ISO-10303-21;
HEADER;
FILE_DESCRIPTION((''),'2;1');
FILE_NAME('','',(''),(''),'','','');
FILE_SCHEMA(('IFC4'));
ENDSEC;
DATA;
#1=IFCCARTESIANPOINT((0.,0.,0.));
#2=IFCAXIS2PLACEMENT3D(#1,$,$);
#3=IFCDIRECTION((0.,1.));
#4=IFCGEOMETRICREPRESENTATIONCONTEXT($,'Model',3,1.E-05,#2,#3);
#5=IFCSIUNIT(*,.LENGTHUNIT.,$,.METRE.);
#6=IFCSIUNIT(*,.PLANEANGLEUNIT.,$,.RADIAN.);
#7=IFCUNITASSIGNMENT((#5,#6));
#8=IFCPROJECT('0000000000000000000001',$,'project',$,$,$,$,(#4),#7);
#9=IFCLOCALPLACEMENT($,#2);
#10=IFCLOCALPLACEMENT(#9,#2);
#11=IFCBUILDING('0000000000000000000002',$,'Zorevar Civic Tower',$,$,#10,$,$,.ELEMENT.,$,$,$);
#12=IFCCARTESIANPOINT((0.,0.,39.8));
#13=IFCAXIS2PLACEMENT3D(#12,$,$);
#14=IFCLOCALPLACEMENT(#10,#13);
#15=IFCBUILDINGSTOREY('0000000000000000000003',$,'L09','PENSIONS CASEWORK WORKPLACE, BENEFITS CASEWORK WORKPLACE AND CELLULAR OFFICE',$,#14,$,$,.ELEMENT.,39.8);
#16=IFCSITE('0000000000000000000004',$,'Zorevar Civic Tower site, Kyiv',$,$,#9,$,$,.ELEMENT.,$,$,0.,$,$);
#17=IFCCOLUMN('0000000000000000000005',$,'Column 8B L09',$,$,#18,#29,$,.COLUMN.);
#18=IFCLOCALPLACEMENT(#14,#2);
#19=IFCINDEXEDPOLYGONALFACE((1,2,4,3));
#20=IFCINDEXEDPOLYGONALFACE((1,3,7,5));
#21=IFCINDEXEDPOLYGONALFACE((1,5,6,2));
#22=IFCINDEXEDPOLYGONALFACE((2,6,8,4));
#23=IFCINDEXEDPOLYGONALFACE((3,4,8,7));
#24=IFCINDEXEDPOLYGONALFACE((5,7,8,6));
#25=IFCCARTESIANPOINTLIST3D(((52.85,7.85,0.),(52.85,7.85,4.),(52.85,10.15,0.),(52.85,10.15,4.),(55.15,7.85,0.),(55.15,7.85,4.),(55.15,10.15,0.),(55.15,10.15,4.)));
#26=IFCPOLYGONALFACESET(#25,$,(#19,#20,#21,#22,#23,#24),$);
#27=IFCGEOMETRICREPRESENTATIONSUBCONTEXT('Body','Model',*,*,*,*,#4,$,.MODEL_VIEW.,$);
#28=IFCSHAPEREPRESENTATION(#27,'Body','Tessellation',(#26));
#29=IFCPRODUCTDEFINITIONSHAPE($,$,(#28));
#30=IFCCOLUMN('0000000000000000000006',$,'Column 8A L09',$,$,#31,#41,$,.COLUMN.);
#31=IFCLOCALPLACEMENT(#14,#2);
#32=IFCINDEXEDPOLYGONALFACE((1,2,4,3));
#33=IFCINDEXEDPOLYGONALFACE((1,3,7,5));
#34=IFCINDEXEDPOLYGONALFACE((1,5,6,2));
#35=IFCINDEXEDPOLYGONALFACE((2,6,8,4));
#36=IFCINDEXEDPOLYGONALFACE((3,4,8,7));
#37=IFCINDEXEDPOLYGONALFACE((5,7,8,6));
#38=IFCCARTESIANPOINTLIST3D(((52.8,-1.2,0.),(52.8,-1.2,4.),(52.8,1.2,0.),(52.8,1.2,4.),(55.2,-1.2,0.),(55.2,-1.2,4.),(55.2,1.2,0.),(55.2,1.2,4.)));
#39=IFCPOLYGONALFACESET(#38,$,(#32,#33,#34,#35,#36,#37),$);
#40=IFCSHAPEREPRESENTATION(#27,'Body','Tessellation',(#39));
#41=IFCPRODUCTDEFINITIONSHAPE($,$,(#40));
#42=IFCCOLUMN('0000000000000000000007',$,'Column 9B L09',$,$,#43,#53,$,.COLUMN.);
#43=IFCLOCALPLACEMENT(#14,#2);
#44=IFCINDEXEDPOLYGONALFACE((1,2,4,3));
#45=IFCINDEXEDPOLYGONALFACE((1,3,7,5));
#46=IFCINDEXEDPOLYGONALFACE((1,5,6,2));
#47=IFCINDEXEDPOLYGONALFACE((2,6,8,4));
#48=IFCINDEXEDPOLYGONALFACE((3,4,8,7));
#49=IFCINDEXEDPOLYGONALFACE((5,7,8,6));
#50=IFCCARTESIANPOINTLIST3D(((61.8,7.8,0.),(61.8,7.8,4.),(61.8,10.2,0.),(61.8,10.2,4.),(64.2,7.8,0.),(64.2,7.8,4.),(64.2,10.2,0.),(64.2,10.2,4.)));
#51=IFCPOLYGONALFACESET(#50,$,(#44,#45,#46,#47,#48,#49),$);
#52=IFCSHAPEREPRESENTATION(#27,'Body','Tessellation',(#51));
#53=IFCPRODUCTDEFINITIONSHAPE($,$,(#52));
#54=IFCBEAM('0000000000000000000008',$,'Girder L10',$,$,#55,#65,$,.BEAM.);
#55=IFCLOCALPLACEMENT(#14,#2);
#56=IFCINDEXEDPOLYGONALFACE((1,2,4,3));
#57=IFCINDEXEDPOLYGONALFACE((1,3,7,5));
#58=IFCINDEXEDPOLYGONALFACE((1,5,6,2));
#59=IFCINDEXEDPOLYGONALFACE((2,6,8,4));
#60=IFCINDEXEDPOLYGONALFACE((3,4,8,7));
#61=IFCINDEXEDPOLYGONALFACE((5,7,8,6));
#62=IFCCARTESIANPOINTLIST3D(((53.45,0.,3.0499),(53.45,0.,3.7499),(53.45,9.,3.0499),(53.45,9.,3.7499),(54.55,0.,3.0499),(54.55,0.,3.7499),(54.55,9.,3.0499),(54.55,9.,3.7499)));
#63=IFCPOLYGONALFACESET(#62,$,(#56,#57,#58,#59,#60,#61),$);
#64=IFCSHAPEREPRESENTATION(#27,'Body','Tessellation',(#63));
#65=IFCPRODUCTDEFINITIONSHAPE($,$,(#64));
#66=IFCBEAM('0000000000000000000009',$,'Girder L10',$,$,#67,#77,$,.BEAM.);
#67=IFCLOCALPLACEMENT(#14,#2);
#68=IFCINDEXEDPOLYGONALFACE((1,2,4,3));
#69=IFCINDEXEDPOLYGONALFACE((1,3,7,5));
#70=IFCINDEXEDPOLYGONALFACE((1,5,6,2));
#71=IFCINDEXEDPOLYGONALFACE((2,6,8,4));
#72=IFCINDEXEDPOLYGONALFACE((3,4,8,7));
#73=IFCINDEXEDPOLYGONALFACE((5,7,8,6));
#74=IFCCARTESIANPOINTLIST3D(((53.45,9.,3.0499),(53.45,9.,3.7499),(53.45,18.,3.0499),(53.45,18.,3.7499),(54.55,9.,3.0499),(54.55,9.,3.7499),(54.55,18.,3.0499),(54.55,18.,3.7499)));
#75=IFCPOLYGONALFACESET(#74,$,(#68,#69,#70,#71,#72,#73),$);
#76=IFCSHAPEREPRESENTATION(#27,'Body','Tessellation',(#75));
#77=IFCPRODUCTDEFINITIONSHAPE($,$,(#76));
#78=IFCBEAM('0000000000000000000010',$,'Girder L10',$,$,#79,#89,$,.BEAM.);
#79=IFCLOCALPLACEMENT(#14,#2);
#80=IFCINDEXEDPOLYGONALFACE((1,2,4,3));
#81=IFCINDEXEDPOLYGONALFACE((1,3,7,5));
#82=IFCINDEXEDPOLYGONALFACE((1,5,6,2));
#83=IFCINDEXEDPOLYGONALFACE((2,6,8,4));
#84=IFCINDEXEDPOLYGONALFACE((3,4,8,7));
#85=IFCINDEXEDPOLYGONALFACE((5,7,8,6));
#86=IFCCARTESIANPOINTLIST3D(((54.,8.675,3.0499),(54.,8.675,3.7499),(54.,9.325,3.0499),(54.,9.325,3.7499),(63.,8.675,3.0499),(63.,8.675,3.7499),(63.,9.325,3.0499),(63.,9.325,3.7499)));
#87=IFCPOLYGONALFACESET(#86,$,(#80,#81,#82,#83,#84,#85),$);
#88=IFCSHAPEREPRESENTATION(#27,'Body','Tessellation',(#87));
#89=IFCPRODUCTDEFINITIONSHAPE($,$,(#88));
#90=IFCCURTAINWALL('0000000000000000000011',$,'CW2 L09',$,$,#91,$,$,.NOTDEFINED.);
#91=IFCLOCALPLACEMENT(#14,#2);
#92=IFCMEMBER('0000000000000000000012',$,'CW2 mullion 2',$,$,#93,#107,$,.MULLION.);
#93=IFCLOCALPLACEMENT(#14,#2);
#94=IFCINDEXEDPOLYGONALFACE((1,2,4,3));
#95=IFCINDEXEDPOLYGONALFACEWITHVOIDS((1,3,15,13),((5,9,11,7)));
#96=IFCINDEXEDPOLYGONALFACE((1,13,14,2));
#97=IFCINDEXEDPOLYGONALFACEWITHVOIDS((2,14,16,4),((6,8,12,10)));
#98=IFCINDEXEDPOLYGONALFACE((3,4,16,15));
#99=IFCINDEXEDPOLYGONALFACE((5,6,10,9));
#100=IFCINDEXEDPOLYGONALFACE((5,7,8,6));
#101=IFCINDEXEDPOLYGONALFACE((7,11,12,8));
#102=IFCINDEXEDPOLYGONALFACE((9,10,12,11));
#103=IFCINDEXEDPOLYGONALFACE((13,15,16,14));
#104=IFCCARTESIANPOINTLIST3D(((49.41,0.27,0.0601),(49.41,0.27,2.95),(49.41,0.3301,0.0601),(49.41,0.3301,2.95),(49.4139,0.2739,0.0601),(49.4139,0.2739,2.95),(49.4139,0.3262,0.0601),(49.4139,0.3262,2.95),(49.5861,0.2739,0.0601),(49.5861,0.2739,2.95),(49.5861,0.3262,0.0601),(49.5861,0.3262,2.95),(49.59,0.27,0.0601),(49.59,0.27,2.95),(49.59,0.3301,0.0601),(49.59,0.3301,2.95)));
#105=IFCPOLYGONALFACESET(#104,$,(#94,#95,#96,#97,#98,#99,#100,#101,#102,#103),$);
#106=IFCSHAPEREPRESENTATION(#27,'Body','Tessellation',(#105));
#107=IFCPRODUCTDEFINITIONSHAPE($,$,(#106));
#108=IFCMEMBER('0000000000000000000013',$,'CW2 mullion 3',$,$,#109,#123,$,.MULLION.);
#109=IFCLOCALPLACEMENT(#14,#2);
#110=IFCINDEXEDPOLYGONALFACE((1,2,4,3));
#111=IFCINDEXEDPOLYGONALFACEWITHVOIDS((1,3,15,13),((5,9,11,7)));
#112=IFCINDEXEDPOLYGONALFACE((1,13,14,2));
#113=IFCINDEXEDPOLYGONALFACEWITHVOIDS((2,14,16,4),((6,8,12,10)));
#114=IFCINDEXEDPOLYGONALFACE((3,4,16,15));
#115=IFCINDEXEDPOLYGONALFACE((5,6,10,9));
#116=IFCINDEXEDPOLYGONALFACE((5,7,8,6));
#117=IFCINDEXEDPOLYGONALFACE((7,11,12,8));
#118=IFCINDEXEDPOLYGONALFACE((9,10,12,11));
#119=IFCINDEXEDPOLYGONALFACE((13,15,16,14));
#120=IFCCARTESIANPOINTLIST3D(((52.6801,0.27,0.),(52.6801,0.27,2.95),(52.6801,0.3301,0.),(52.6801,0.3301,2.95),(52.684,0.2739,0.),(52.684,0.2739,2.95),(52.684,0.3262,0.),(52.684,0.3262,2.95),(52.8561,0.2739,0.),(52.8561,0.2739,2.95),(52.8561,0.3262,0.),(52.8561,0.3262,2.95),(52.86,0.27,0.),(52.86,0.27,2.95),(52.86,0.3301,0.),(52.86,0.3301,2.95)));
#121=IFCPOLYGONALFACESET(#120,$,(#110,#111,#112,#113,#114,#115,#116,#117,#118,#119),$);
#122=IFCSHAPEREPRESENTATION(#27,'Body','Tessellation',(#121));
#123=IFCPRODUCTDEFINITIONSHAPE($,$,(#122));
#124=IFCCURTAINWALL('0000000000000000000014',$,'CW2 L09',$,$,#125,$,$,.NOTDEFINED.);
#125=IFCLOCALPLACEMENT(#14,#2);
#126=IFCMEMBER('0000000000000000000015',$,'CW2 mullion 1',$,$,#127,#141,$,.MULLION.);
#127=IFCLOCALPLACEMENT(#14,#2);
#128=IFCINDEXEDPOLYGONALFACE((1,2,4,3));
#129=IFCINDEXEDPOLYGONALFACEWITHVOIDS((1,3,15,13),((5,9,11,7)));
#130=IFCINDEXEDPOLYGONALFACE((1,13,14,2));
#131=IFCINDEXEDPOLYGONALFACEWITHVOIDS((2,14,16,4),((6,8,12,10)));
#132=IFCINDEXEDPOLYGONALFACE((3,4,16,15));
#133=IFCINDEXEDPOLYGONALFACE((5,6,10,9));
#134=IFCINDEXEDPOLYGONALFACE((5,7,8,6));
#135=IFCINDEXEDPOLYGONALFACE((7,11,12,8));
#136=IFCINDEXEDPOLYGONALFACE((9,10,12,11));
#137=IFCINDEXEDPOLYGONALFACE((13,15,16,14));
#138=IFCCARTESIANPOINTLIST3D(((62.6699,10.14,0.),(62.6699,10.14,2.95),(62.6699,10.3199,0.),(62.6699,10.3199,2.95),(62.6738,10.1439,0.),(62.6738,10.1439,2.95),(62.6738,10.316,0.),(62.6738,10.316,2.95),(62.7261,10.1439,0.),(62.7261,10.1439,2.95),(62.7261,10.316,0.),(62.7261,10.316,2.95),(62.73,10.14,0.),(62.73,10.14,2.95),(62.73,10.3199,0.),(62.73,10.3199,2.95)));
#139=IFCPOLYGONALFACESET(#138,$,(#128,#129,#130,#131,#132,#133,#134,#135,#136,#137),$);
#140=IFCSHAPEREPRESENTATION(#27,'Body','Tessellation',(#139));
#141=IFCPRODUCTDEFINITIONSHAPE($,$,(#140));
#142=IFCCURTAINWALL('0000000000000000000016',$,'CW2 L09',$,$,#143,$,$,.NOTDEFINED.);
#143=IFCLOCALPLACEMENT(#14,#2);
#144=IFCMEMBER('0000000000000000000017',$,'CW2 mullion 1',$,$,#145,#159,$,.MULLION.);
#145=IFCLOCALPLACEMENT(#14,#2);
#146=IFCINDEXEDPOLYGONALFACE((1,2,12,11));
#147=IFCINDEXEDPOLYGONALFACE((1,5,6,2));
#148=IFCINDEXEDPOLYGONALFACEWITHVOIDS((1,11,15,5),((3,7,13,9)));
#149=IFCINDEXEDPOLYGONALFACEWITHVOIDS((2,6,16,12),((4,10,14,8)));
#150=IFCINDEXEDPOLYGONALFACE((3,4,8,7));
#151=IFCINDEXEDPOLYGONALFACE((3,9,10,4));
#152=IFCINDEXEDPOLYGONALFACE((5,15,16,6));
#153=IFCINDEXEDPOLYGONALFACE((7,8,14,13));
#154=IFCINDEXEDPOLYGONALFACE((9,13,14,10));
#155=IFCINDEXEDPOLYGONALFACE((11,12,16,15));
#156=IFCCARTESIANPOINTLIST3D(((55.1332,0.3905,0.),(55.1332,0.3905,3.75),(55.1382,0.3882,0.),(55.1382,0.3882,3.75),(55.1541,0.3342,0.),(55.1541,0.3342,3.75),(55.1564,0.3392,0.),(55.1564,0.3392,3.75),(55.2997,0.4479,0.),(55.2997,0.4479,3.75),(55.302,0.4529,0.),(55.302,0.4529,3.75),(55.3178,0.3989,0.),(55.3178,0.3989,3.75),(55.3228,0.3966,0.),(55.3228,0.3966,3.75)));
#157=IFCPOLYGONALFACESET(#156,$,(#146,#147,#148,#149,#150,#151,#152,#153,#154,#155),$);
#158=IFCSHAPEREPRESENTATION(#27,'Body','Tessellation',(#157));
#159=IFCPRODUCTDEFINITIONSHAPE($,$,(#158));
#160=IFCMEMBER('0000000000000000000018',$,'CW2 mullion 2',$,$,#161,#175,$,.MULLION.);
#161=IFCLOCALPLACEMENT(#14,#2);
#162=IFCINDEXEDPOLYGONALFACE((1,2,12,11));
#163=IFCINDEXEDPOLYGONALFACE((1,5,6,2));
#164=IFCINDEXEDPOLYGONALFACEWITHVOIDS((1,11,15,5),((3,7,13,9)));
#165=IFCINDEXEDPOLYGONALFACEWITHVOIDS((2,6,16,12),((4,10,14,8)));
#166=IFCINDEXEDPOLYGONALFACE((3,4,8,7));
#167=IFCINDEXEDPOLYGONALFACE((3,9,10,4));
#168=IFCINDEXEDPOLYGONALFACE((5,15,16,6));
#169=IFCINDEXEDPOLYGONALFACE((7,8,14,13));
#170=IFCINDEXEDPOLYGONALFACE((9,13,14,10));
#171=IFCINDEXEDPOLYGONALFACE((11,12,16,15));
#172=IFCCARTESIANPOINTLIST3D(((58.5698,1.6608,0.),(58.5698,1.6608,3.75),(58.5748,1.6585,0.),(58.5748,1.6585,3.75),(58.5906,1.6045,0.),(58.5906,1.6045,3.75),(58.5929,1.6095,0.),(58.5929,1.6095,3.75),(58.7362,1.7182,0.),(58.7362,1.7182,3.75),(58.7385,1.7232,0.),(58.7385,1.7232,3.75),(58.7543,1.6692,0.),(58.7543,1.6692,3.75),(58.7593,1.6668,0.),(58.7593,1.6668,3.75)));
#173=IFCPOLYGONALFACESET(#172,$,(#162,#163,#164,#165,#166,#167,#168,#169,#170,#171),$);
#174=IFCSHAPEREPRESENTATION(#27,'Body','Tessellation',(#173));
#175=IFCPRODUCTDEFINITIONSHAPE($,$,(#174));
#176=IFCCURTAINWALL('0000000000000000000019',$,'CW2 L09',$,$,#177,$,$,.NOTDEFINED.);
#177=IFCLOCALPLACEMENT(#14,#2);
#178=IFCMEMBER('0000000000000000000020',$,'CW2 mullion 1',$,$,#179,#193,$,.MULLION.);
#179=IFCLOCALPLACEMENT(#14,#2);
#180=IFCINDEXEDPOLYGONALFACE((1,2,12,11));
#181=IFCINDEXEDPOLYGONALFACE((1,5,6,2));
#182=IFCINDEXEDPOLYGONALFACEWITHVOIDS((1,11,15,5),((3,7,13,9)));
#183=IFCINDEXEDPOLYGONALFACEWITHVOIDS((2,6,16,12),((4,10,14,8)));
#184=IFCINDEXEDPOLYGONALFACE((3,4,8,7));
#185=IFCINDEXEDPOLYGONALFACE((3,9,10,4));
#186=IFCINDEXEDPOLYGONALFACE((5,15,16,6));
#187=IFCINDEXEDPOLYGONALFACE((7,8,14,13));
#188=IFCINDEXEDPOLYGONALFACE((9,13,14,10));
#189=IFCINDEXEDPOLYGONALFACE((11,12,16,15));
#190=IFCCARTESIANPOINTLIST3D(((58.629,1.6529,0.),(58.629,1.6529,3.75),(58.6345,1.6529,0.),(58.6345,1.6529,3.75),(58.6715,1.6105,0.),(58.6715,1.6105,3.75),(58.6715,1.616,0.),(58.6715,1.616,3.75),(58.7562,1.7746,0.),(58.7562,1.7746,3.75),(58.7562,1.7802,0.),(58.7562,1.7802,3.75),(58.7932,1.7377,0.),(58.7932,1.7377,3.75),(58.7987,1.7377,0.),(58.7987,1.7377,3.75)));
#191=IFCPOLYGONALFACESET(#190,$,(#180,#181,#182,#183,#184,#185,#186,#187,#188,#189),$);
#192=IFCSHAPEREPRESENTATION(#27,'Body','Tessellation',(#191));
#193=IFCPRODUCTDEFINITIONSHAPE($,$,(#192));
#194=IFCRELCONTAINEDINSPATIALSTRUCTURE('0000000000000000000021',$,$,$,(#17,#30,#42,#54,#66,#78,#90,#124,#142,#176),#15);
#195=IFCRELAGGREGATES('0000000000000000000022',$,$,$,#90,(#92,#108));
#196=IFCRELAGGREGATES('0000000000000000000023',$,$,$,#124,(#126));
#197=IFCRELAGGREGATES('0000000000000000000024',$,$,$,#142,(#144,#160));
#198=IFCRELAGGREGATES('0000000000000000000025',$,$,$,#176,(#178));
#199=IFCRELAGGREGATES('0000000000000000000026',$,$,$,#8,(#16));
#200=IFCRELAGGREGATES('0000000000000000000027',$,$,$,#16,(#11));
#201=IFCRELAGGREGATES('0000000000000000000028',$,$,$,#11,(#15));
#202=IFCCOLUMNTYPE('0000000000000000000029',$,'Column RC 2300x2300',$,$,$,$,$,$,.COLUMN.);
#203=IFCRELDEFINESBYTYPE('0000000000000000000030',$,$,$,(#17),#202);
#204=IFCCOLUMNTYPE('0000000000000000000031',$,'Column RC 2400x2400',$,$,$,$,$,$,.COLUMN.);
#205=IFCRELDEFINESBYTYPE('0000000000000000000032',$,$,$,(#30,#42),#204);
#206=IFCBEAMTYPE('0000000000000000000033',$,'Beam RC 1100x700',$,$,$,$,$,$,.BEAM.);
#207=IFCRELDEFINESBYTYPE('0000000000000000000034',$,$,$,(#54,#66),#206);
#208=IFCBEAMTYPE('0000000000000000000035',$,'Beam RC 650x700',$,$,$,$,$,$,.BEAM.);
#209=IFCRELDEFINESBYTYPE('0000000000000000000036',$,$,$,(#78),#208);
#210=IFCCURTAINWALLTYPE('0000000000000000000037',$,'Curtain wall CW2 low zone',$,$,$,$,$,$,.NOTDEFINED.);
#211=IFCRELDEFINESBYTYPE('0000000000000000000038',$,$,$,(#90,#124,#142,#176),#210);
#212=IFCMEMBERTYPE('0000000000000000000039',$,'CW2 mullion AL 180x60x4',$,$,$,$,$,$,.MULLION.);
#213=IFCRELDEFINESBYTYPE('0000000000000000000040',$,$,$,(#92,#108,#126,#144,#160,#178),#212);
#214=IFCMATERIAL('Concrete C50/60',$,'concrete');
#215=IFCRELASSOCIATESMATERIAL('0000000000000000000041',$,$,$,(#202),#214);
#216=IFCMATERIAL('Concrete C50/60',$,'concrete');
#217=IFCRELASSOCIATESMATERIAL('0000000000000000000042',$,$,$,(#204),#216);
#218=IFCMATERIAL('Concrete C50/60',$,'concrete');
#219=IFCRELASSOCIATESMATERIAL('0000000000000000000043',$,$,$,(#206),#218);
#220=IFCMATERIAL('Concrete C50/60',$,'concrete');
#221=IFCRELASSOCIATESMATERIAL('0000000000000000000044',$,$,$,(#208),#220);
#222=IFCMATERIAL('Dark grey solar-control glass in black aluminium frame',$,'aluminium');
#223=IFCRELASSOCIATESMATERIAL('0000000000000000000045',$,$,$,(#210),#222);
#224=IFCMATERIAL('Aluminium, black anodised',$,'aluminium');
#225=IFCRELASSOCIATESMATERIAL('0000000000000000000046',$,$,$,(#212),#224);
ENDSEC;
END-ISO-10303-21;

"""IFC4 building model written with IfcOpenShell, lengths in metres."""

from ifc_helpers import new_model, si_unit, direction, frame, origin, origin_2d, place, context, subcontext, project, spatial, rectangle, hollow_rectangle, extrude, material, material_profile, profile_set, type_object, element, aggregate, save


model = new_model("IFC4")

# Units and contexts
model_context = context("Model", 3, precision=1e-05, world=origin(), true_north=direction((0.0, 1.0)))
body_context = subcontext(model_context, "Body", "Model", "MODEL_VIEW")
ifc_project = project(units=[si_unit("LENGTHUNIT", "METRE"), si_unit("PLANEANGLEUNIT", "RADIAN")], contexts=[model_context])

# Site, building, storey
site_placement = place(None, origin())
site = spatial("IfcSite", under=ifc_project, at=site_placement, Name="Zorevar Civic Tower site, Kyiv", CompositionType="ELEMENT", RefElevation=0.0)
building_placement = place(site_placement, origin())
building = spatial("IfcBuilding", under=site, at=building_placement, Name="Zorevar Civic Tower", CompositionType="ELEMENT")
storey_placement = place(building_placement, frame((0.0, 0.0, 39.8)))
storey = spatial("IfcBuildingStorey", under=building, at=storey_placement, Name="L09", Description="PENSIONS CASEWORK WORKPLACE, BENEFITS CASEWORK WORKPLACE AND CELLULAR OFFICE", CompositionType="ELEMENT", Elevation=39.8)

# Columns
ifc_material_1 = material(Name="Concrete C50/60", Category="concrete")
ifc_material_profile_1 = material_profile(ifc_material_1, rectangle(XDim=2.3, YDim=2.3, at=origin_2d()), Name="RC 2300x2300")
ifc_profile_set_1 = profile_set([ifc_material_profile_1], Name="Concrete C50/60")
column_type_1 = type_object("IfcColumnType", Name="Column RC 2300x2300", PredefinedType="COLUMN", material=ifc_profile_set_1)
column_placement = place(storey_placement, frame((54.0, 9.0, 0.0), z_axis=(0.0, 0.0, 1.0), x_axis=(1.0, 0.0, 0.0)))
element("IfcColumn", 1, at=column_placement, inside=storey, type_object=column_type_1, Name="Column 8B L09", PredefinedType="COLUMN", context=body_context, shape_type="SweptSolid", body=[
    extrude(rectangle(XDim=2.3, YDim=2.3, at=origin_2d()), origin(), (0.0, 0.0, 1.0), 4.0),
])
ifc_material_2 = material(Name="Concrete C50/60", Category="concrete")
ifc_material_profile_2 = material_profile(ifc_material_2, rectangle(XDim=2.3999, YDim=2.3999, at=origin_2d()), Name="RC 2400x2400")
ifc_profile_set_2 = profile_set([ifc_material_profile_2], Name="Concrete C50/60")
column_type_2 = type_object("IfcColumnType", Name="Column RC 2400x2400", PredefinedType="COLUMN", material=ifc_profile_set_2)
for number, where, z_axis, x_axis, name in (
    (2, (54.0, 0.0, 0.0), (0.0, 0.0, 1.0), (1.0, 0.0, 0.0), "Column 8A L09"),
    (3, (63.0, 9.0, 0.0), (0.0, 0.0, 1.0), (1.0, 0.0, 0.0), "Column 9B L09"),
):
    element("IfcColumn", number, at=place(storey_placement, frame(where, z_axis=z_axis, x_axis=x_axis)), inside=storey, type_object=column_type_2, Name=name, PredefinedType="COLUMN", context=body_context, shape_type="SweptSolid", body=[
        extrude(rectangle(XDim=2.3999, YDim=2.3999, at=origin_2d()), origin(), (0.0, 0.0, 1.0), 4.0),
    ])

# Beams
ifc_material_3 = material(Name="Concrete C50/60", Category="concrete")
ifc_material_profile_3 = material_profile(ifc_material_3, rectangle(XDim=1.1001, YDim=0.7, at=origin_2d()), Name="RC 1100x700")
ifc_profile_set_3 = profile_set([ifc_material_profile_3], Name="Concrete C50/60")
beam_type_1 = type_object("IfcBeamType", Name="Beam RC 1100x700", PredefinedType="BEAM", material=ifc_profile_set_3)
for number, where, z_axis, x_axis, name in (
    (4, (54.0, 0.0, 3.3999), (0.0, 1.0, 0.0), (-1.0, 0.0, 0.0), "Girder L10"),
    (5, (54.0, 9.0, 3.3999), (0.0, 1.0, 0.0), (-1.0, 0.0, 0.0), "Girder L10"),
):
    element("IfcBeam", number, at=place(storey_placement, frame(where, z_axis=z_axis, x_axis=x_axis)), inside=storey, type_object=beam_type_1, Name=name, PredefinedType="BEAM", context=body_context, shape_type="SweptSolid", body=[
        extrude(rectangle(XDim=1.1001, YDim=0.7, at=origin_2d()), origin(), (0.0, 0.0, 1.0), 9.0),
    ])
ifc_material_4 = material(Name="Concrete C50/60", Category="concrete")
ifc_material_profile_4 = material_profile(ifc_material_4, rectangle(XDim=0.6499, YDim=0.7, at=origin_2d()), Name="RC 650x700")
ifc_profile_set_4 = profile_set([ifc_material_profile_4], Name="Concrete C50/60")
beam_type_2 = type_object("IfcBeamType", Name="Beam RC 650x700", PredefinedType="BEAM", material=ifc_profile_set_4)
beam_1_placement = place(storey_placement, frame((54.0, 9.0, 3.3999), z_axis=(1.0, 0.0, 0.0), x_axis=(0.0, 1.0, 0.0)))
element("IfcBeam", 6, at=beam_1_placement, inside=storey, type_object=beam_type_2, Name="Girder L10", PredefinedType="BEAM", context=body_context, shape_type="SweptSolid", body=[
    extrude(rectangle(XDim=0.6499, YDim=0.7, at=origin_2d()), origin(), (0.0, 0.0, 1.0), 9.0),
])

# Curtain wall, members
ifc_material_5 = material(Name="Dark grey solar-control glass in black aluminium frame", Category="aluminium")
curtain_wall_type = type_object("IfcCurtainWallType", Name="Curtain wall CW2 low zone", PredefinedType="NOTDEFINED", material=ifc_material_5)
curtain_wall_1_placement = place(storey_placement, origin())
curtain_wall_1 = element("IfcCurtainWall", 7, at=curtain_wall_1_placement, inside=storey, type_object=curtain_wall_type, Name="CW2 L09", PredefinedType="NOTDEFINED")
ifc_material_6 = material(Name="Aluminium, black anodised", Category="aluminium")
ifc_material_profile_5 = material_profile(ifc_material_6, hollow_rectangle(XDim=0.0601, YDim=0.1799, WallThickness=0.0039, at=origin_2d()), Name="AL 180x60x4")
ifc_profile_set_5 = profile_set([ifc_material_profile_5], Name="Aluminium, black anodised")
member_type_1 = type_object("IfcMemberType", Name="CW2 mullion AL 180x60x4", PredefinedType="MULLION", material=ifc_profile_set_5)
member_1_placement = place(storey_placement, frame((49.5, 0.3, 0.0601), z_axis=(0.0, 0.0, 1.0), x_axis=(0.0, 1.0, 0.0)))
member_1 = element("IfcMember", 8, at=member_1_placement, type_object=member_type_1, Name="CW2 mullion 2", PredefinedType="MULLION", context=body_context, shape_type="SweptSolid", body=[
    extrude(hollow_rectangle(XDim=0.0601, YDim=0.1799, WallThickness=0.0039, at=origin_2d()), origin(), (0.0, 0.0, 1.0), 2.8899),
])
member_2_placement = place(storey_placement, frame((52.77, 0.3, 0.0), z_axis=(0.0, 0.0, 1.0), x_axis=(0.0, 1.0, 0.0)))
member_2 = element("IfcMember", 9, at=member_2_placement, type_object=member_type_1, Name="CW2 mullion 3", PredefinedType="MULLION", context=body_context, shape_type="SweptSolid", body=[
    extrude(hollow_rectangle(XDim=0.0601, YDim=0.1799, WallThickness=0.0039, at=origin_2d()), origin(), (0.0, 0.0, 1.0), 2.95),
])

# Curtain wall, member
curtain_wall_2_placement = place(storey_placement, origin())
curtain_wall_2 = element("IfcCurtainWall", 10, at=curtain_wall_2_placement, inside=storey, type_object=curtain_wall_type, Name="CW2 L09", PredefinedType="NOTDEFINED")
member_3_placement = place(storey_placement, frame((62.7, 10.23, 0.0), z_axis=(0.0, 0.0, 1.0), x_axis=(-1.0, 0.0, 0.0)))
member_3 = element("IfcMember", 11, at=member_3_placement, type_object=member_type_1, Name="CW2 mullion 1", PredefinedType="MULLION", context=body_context, shape_type="SweptSolid", body=[
    extrude(hollow_rectangle(XDim=0.0601, YDim=0.1799, WallThickness=0.0039, at=origin_2d()), origin(), (0.0, 0.0, 1.0), 2.95),
])

# Curtain walls, members
curtain_wall_3_placement = place(storey_placement, origin())
curtain_wall_3 = element("IfcCurtainWall", 12, at=curtain_wall_3_placement, inside=storey, type_object=curtain_wall_type, Name="CW2 L09", PredefinedType="NOTDEFINED")
member_4_placement = place(storey_placement, frame((55.228, 0.3936, 0.0), z_axis=(0.0, 0.0, 1.0), x_axis=(-0.346704, 0.937975, 0.0)))
member_4 = element("IfcMember", 13, at=member_4_placement, type_object=member_type_1, Name="CW2 mullion 1", PredefinedType="MULLION", context=body_context, shape_type="SweptSolid", body=[
    extrude(hollow_rectangle(XDim=0.0601, YDim=0.1799, WallThickness=0.0039, at=origin_2d()), origin(), (0.0, 0.0, 1.0), 3.75),
])
member_5_placement = place(storey_placement, frame((58.6646, 1.6638, 0.0), z_axis=(0.0, 0.0, 1.0), x_axis=(-0.346704, 0.937975, 0.0)))
member_5 = element("IfcMember", 14, at=member_5_placement, type_object=member_type_1, Name="CW2 mullion 2", PredefinedType="MULLION", context=body_context, shape_type="SweptSolid", body=[
    extrude(hollow_rectangle(XDim=0.0601, YDim=0.1799, WallThickness=0.0039, at=origin_2d()), origin(), (0.0, 0.0, 1.0), 3.75),
])
curtain_wall_4_placement = place(storey_placement, origin())
curtain_wall_4 = element("IfcCurtainWall", 15, at=curtain_wall_4_placement, inside=storey, type_object=curtain_wall_type, Name="CW2 L09", PredefinedType="NOTDEFINED")
member_6_placement = place(storey_placement, frame((58.7139, 1.6953, 0.0), z_axis=(0.0, 0.0, 1.0), x_axis=(-0.707107, 0.707107, 0.0)))
member_6 = element("IfcMember", 16, at=member_6_placement, type_object=member_type_1, Name="CW2 mullion 1", PredefinedType="MULLION", context=body_context, shape_type="SweptSolid", body=[
    extrude(hollow_rectangle(XDim=0.0601, YDim=0.1799, WallThickness=0.0039, at=origin_2d()), origin(), (0.0, 0.0, 1.0), 3.75),
])

aggregate(curtain_wall_1, [member_1, member_2])
aggregate(curtain_wall_2, [member_3])
aggregate(curtain_wall_3, [member_4, member_5])
aggregate(curtain_wall_4, [member_6])

save(model, "model.ifc")
